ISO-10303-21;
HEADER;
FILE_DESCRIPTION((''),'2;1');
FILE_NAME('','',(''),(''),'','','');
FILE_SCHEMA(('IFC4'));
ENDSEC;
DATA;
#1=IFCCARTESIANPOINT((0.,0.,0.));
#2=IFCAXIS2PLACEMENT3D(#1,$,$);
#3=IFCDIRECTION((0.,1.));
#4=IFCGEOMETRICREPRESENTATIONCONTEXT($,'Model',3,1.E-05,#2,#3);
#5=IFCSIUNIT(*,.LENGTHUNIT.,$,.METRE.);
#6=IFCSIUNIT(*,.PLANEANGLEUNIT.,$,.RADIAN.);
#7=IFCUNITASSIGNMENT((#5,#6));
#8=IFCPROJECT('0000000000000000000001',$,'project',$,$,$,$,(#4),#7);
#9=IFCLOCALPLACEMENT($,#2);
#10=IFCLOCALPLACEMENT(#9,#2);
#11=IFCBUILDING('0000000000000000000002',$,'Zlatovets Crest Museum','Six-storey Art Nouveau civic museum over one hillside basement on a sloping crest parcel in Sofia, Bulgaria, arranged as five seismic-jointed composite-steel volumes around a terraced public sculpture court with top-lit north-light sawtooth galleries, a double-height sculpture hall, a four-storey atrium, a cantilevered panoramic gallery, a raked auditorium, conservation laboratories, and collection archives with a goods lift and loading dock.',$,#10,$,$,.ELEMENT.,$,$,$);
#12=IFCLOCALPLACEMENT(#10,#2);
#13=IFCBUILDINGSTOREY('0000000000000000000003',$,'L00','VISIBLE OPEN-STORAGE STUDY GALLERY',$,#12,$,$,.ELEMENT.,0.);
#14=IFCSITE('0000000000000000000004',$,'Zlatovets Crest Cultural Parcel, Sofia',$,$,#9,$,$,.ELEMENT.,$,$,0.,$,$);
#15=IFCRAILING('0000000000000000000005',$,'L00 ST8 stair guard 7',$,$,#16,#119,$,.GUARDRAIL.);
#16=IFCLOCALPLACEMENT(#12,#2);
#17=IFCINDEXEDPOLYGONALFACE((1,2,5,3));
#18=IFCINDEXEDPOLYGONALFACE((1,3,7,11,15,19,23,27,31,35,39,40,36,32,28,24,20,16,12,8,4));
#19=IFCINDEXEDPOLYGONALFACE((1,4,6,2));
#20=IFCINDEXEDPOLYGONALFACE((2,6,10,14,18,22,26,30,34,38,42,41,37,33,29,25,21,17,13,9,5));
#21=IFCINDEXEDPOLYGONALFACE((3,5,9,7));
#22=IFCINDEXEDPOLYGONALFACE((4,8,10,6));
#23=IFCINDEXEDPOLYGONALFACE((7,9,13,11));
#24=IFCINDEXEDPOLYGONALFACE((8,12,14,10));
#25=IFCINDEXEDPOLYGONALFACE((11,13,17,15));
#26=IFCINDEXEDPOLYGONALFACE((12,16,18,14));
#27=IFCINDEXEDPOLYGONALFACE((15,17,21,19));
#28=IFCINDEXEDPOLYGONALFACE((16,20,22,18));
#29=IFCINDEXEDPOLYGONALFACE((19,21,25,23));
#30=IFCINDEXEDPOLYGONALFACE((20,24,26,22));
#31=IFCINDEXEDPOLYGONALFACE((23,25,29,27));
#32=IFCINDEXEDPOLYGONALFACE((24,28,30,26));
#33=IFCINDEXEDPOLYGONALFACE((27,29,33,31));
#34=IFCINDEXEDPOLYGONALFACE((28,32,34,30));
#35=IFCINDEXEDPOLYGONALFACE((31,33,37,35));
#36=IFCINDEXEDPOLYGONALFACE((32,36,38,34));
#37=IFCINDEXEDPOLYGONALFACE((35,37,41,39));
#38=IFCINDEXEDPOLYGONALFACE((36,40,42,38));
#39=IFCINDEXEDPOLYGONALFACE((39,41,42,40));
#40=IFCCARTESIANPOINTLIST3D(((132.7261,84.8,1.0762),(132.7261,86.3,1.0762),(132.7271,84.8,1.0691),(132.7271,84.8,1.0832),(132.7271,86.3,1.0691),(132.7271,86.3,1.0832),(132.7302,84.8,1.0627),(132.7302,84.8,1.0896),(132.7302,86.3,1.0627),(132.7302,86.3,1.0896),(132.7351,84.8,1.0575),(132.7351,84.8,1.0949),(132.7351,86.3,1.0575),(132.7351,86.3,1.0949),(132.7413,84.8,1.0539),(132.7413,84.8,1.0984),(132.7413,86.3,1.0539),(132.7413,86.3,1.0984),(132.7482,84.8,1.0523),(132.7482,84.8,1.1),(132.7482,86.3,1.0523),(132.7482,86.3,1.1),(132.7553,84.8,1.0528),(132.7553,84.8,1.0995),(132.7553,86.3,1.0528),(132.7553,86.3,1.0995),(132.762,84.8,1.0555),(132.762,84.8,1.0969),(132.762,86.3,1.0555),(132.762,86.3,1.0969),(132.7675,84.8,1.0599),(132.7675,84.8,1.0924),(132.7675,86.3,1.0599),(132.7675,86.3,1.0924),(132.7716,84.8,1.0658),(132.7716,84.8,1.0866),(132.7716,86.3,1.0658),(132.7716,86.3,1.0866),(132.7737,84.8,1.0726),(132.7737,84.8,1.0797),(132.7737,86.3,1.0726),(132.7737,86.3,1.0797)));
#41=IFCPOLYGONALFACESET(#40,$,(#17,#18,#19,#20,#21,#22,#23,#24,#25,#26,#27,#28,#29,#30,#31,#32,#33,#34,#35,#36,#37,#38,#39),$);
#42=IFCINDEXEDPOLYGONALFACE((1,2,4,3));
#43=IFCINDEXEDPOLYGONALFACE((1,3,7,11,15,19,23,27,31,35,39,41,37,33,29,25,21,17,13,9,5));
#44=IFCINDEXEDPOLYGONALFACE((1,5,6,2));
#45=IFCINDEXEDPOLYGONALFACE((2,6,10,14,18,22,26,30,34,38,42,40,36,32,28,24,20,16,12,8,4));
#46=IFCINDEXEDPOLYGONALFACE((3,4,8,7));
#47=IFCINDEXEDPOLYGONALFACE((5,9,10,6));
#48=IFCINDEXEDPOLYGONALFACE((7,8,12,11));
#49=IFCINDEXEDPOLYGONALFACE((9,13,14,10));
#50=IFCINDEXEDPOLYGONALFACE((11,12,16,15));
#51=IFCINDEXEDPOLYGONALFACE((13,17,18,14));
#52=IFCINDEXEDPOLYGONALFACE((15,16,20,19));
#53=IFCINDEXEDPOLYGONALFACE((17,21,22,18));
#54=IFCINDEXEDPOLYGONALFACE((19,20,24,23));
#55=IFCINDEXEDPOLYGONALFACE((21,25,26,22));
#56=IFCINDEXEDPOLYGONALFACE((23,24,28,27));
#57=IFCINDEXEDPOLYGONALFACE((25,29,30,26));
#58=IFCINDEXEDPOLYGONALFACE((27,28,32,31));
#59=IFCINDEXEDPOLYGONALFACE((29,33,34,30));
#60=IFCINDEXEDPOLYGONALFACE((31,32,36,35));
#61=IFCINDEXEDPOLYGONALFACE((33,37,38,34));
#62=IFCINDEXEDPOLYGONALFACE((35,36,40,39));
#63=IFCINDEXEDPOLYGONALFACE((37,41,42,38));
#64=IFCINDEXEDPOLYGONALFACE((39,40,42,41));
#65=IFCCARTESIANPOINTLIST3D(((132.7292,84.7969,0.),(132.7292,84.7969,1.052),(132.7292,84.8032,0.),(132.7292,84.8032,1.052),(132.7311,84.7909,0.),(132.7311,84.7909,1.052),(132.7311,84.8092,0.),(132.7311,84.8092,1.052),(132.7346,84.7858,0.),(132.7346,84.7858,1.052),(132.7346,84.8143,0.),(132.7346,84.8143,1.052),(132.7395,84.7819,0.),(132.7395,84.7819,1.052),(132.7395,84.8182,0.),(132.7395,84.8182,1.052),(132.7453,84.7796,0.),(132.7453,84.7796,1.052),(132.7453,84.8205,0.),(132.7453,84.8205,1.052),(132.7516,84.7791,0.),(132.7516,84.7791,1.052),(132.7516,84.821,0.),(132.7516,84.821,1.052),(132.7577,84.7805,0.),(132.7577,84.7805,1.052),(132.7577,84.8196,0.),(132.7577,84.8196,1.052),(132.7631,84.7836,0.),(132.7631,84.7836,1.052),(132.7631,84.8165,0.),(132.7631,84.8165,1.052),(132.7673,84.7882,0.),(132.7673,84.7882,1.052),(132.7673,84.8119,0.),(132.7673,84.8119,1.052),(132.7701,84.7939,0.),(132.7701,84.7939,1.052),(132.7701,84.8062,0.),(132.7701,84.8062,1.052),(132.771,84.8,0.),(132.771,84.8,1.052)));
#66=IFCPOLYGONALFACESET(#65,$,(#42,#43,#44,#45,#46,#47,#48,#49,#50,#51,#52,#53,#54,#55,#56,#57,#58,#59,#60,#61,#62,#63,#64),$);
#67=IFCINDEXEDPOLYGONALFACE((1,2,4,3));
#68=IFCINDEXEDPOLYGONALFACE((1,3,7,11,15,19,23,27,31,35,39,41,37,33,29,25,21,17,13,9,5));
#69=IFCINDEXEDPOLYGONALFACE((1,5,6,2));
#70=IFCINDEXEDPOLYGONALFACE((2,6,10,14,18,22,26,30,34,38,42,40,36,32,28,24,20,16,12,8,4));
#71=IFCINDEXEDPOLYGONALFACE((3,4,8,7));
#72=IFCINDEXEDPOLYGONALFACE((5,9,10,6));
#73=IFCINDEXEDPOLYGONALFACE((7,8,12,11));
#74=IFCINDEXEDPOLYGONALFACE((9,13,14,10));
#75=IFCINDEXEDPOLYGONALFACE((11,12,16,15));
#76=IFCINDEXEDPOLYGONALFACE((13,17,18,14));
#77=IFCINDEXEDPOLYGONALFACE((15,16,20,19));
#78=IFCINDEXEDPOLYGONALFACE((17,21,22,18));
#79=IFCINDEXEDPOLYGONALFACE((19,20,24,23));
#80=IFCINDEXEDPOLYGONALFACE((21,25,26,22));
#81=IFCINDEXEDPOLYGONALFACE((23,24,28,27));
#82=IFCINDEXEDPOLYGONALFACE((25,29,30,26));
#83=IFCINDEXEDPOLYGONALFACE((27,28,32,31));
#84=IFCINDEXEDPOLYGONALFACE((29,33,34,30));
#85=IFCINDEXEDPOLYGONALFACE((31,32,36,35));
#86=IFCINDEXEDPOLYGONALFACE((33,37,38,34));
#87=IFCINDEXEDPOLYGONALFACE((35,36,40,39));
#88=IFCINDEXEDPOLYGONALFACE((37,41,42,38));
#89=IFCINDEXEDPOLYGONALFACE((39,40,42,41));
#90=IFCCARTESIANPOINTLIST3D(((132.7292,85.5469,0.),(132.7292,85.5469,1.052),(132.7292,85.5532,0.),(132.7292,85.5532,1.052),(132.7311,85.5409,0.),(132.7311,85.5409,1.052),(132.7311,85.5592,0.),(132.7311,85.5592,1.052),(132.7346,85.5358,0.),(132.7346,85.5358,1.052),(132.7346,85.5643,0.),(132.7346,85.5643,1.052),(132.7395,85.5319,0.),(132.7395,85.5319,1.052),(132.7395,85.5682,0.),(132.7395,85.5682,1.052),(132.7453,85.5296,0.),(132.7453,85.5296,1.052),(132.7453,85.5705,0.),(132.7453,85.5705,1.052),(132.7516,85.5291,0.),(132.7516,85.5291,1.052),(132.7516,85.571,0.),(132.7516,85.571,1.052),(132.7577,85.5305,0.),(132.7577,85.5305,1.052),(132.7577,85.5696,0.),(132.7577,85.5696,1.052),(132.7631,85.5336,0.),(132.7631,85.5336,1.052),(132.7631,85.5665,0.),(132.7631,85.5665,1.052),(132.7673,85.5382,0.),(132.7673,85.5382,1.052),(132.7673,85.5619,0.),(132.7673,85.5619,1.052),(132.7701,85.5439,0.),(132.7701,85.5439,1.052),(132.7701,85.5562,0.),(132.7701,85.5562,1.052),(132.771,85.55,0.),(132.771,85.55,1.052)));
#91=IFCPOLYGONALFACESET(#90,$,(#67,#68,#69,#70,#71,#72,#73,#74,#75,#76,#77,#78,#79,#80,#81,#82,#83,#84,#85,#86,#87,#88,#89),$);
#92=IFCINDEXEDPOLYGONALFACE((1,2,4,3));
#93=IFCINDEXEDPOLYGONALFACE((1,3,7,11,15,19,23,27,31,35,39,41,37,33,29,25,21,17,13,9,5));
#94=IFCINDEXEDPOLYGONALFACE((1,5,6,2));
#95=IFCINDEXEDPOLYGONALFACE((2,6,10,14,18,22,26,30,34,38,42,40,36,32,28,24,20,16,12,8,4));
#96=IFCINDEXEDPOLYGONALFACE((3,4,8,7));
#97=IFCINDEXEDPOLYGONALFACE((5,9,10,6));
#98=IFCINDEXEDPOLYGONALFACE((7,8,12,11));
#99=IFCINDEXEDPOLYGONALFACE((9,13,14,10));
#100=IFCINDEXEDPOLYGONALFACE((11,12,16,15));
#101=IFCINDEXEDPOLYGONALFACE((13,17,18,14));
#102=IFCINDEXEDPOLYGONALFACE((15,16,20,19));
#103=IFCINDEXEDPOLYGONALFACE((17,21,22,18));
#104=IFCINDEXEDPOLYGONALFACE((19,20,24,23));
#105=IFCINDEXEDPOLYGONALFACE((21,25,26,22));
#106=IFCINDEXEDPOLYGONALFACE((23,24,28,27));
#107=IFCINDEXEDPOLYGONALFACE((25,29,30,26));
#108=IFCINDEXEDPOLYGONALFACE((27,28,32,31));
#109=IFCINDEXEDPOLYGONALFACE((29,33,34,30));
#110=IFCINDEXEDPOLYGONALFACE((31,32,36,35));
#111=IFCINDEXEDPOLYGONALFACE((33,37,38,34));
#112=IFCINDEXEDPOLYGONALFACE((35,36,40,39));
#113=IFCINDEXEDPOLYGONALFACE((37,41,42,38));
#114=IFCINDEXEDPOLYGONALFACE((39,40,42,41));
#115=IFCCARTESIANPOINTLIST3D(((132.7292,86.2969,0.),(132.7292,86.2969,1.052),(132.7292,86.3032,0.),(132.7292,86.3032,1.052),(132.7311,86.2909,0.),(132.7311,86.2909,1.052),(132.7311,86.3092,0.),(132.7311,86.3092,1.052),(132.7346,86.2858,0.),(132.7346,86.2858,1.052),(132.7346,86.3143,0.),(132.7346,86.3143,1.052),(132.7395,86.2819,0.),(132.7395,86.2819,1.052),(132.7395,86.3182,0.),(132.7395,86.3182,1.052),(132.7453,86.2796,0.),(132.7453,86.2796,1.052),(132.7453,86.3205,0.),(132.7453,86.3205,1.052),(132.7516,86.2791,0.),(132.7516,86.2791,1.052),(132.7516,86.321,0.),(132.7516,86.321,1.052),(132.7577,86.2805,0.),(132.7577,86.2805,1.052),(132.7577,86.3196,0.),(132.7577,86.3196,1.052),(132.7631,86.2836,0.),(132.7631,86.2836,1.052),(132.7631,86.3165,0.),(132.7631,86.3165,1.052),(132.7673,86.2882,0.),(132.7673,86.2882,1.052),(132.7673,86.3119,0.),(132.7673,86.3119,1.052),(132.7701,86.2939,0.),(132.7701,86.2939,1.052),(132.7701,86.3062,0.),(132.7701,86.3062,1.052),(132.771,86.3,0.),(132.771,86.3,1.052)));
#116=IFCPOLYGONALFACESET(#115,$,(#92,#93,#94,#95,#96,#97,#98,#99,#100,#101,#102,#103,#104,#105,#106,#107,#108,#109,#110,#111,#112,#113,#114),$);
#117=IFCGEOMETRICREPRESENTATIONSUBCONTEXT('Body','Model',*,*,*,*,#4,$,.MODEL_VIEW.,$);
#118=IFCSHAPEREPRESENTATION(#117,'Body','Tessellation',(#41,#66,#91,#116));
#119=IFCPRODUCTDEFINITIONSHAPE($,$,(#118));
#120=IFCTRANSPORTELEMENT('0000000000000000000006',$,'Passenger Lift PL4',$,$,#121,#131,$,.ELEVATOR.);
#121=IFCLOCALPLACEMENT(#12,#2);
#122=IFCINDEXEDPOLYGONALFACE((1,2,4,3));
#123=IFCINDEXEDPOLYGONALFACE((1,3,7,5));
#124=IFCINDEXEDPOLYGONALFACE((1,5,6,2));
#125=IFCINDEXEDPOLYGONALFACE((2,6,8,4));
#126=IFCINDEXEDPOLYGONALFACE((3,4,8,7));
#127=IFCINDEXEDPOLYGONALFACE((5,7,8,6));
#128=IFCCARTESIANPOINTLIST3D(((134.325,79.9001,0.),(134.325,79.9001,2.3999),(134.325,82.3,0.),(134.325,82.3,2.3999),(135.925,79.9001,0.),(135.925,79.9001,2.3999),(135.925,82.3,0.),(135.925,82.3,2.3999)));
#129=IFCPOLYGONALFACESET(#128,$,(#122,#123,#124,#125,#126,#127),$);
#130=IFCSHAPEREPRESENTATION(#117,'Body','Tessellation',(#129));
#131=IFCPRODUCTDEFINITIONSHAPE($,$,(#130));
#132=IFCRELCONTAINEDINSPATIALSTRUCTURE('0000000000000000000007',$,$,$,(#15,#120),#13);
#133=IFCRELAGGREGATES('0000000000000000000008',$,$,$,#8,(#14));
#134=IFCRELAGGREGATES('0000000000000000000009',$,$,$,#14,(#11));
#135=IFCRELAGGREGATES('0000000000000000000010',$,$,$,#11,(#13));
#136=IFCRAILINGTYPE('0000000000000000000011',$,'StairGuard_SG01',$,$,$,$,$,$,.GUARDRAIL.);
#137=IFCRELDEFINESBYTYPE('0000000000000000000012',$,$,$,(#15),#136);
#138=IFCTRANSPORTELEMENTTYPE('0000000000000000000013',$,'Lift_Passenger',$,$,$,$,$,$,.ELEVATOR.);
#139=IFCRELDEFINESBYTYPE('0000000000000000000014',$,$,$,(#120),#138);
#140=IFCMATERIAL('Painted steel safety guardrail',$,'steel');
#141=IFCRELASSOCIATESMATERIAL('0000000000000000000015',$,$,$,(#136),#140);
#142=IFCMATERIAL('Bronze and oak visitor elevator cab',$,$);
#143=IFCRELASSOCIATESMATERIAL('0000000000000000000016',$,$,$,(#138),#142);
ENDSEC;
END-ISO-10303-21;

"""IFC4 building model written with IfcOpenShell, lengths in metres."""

from ifc_helpers import new_model, si_unit, direction, frame, origin, origin_2d, place, context, subcontext, project, spatial, rectangle, circle, extrude, material, type_object, element, save


model = new_model("IFC4")

# Units and contexts
model_context = context("Model", 3, precision=1e-05, world=origin(), true_north=direction((0.0, 1.0)))
body_context = subcontext(model_context, "Body", "Model", "MODEL_VIEW")
ifc_project = project(units=[si_unit("LENGTHUNIT", "METRE"), si_unit("PLANEANGLEUNIT", "RADIAN")], contexts=[model_context])

# Site, building, storey
site_placement = place(None, origin())
site = spatial("IfcSite", under=ifc_project, at=site_placement, Name="Zlatovets Crest Cultural Parcel, Sofia", CompositionType="ELEMENT", RefElevation=0.0)
building_placement = place(site_placement, origin())
building = spatial("IfcBuilding", under=site, at=building_placement, Name="Zlatovets Crest Museum", Description="Six-storey Art Nouveau civic museum over one hillside basement on a sloping crest parcel in Sofia, Bulgaria, arranged as five seismic-jointed composite-steel volumes around a terraced public sculpture court with top-lit north-light sawtooth galleries, a double-height sculpture hall, a four-storey atrium, a cantilevered panoramic gallery, a raked auditorium, conservation laboratories, and collection archives with a goods lift and loading dock.", CompositionType="ELEMENT")
storey_placement = place(building_placement, origin())
storey = spatial("IfcBuildingStorey", under=building, at=storey_placement, Name="L00", Description="VISIBLE OPEN-STORAGE STUDY GALLERY", CompositionType="ELEMENT", Elevation=0.0)

# Railing
ifc_material_1 = material(Name="Painted steel safety guardrail", Category="steel")
railing_type = type_object("IfcRailingType", Name="StairGuard_SG01", PredefinedType="GUARDRAIL", material=ifc_material_1)
railing_placement = place(storey_placement, frame((132.75, 84.8, 0.0)))
element("IfcRailing", 1, at=railing_placement, inside=storey, type_object=railing_type, Name="L00 ST8 stair guard 7", PredefinedType="GUARDRAIL", context=body_context, shape_type="SweptSolid", body=[
    extrude(circle(Radius=0.0239, at=origin_2d()), frame((0.0, 0.0, 1.0762), z_axis=(0.0, 1.0, 0.0), x_axis=(-1.0, 0.0, 0.0)), (0.0, 0.0, 1.0), 1.5),
    extrude(circle(Radius=0.021, at=origin_2d()), origin(), (0.0, 0.0, 1.0), 1.052),
    extrude(circle(Radius=0.021, at=origin_2d()), frame((0.0, 0.75, 0.0)), (0.0, 0.0, 1.0), 1.052),
    extrude(circle(Radius=0.021, at=origin_2d()), frame((0.0, 1.5, 0.0)), (0.0, 0.0, 1.0), 1.052),
])

# Transport element
ifc_material_2 = material(Name="Bronze and oak visitor elevator cab")
transport_element_type = type_object("IfcTransportElementType", Name="Lift_Passenger", PredefinedType="ELEVATOR", material=ifc_material_2)
transport_element_placement = place(storey_placement, frame((135.125, 81.1001, 0.0), z_axis=(0.0, 0.0, 1.0), x_axis=(1.0, 0.0, 0.0)))
element("IfcTransportElement", 2, at=transport_element_placement, inside=storey, type_object=transport_element_type, Name="Passenger Lift PL4", PredefinedType="ELEVATOR", context=body_context, shape_type="SweptSolid", body=[
    extrude(rectangle(XDim=1.6001, YDim=2.3999, at=origin_2d()), origin(), (0.0, 0.0, 1.0), 2.3999),
])

save(model, "model.ifc")
